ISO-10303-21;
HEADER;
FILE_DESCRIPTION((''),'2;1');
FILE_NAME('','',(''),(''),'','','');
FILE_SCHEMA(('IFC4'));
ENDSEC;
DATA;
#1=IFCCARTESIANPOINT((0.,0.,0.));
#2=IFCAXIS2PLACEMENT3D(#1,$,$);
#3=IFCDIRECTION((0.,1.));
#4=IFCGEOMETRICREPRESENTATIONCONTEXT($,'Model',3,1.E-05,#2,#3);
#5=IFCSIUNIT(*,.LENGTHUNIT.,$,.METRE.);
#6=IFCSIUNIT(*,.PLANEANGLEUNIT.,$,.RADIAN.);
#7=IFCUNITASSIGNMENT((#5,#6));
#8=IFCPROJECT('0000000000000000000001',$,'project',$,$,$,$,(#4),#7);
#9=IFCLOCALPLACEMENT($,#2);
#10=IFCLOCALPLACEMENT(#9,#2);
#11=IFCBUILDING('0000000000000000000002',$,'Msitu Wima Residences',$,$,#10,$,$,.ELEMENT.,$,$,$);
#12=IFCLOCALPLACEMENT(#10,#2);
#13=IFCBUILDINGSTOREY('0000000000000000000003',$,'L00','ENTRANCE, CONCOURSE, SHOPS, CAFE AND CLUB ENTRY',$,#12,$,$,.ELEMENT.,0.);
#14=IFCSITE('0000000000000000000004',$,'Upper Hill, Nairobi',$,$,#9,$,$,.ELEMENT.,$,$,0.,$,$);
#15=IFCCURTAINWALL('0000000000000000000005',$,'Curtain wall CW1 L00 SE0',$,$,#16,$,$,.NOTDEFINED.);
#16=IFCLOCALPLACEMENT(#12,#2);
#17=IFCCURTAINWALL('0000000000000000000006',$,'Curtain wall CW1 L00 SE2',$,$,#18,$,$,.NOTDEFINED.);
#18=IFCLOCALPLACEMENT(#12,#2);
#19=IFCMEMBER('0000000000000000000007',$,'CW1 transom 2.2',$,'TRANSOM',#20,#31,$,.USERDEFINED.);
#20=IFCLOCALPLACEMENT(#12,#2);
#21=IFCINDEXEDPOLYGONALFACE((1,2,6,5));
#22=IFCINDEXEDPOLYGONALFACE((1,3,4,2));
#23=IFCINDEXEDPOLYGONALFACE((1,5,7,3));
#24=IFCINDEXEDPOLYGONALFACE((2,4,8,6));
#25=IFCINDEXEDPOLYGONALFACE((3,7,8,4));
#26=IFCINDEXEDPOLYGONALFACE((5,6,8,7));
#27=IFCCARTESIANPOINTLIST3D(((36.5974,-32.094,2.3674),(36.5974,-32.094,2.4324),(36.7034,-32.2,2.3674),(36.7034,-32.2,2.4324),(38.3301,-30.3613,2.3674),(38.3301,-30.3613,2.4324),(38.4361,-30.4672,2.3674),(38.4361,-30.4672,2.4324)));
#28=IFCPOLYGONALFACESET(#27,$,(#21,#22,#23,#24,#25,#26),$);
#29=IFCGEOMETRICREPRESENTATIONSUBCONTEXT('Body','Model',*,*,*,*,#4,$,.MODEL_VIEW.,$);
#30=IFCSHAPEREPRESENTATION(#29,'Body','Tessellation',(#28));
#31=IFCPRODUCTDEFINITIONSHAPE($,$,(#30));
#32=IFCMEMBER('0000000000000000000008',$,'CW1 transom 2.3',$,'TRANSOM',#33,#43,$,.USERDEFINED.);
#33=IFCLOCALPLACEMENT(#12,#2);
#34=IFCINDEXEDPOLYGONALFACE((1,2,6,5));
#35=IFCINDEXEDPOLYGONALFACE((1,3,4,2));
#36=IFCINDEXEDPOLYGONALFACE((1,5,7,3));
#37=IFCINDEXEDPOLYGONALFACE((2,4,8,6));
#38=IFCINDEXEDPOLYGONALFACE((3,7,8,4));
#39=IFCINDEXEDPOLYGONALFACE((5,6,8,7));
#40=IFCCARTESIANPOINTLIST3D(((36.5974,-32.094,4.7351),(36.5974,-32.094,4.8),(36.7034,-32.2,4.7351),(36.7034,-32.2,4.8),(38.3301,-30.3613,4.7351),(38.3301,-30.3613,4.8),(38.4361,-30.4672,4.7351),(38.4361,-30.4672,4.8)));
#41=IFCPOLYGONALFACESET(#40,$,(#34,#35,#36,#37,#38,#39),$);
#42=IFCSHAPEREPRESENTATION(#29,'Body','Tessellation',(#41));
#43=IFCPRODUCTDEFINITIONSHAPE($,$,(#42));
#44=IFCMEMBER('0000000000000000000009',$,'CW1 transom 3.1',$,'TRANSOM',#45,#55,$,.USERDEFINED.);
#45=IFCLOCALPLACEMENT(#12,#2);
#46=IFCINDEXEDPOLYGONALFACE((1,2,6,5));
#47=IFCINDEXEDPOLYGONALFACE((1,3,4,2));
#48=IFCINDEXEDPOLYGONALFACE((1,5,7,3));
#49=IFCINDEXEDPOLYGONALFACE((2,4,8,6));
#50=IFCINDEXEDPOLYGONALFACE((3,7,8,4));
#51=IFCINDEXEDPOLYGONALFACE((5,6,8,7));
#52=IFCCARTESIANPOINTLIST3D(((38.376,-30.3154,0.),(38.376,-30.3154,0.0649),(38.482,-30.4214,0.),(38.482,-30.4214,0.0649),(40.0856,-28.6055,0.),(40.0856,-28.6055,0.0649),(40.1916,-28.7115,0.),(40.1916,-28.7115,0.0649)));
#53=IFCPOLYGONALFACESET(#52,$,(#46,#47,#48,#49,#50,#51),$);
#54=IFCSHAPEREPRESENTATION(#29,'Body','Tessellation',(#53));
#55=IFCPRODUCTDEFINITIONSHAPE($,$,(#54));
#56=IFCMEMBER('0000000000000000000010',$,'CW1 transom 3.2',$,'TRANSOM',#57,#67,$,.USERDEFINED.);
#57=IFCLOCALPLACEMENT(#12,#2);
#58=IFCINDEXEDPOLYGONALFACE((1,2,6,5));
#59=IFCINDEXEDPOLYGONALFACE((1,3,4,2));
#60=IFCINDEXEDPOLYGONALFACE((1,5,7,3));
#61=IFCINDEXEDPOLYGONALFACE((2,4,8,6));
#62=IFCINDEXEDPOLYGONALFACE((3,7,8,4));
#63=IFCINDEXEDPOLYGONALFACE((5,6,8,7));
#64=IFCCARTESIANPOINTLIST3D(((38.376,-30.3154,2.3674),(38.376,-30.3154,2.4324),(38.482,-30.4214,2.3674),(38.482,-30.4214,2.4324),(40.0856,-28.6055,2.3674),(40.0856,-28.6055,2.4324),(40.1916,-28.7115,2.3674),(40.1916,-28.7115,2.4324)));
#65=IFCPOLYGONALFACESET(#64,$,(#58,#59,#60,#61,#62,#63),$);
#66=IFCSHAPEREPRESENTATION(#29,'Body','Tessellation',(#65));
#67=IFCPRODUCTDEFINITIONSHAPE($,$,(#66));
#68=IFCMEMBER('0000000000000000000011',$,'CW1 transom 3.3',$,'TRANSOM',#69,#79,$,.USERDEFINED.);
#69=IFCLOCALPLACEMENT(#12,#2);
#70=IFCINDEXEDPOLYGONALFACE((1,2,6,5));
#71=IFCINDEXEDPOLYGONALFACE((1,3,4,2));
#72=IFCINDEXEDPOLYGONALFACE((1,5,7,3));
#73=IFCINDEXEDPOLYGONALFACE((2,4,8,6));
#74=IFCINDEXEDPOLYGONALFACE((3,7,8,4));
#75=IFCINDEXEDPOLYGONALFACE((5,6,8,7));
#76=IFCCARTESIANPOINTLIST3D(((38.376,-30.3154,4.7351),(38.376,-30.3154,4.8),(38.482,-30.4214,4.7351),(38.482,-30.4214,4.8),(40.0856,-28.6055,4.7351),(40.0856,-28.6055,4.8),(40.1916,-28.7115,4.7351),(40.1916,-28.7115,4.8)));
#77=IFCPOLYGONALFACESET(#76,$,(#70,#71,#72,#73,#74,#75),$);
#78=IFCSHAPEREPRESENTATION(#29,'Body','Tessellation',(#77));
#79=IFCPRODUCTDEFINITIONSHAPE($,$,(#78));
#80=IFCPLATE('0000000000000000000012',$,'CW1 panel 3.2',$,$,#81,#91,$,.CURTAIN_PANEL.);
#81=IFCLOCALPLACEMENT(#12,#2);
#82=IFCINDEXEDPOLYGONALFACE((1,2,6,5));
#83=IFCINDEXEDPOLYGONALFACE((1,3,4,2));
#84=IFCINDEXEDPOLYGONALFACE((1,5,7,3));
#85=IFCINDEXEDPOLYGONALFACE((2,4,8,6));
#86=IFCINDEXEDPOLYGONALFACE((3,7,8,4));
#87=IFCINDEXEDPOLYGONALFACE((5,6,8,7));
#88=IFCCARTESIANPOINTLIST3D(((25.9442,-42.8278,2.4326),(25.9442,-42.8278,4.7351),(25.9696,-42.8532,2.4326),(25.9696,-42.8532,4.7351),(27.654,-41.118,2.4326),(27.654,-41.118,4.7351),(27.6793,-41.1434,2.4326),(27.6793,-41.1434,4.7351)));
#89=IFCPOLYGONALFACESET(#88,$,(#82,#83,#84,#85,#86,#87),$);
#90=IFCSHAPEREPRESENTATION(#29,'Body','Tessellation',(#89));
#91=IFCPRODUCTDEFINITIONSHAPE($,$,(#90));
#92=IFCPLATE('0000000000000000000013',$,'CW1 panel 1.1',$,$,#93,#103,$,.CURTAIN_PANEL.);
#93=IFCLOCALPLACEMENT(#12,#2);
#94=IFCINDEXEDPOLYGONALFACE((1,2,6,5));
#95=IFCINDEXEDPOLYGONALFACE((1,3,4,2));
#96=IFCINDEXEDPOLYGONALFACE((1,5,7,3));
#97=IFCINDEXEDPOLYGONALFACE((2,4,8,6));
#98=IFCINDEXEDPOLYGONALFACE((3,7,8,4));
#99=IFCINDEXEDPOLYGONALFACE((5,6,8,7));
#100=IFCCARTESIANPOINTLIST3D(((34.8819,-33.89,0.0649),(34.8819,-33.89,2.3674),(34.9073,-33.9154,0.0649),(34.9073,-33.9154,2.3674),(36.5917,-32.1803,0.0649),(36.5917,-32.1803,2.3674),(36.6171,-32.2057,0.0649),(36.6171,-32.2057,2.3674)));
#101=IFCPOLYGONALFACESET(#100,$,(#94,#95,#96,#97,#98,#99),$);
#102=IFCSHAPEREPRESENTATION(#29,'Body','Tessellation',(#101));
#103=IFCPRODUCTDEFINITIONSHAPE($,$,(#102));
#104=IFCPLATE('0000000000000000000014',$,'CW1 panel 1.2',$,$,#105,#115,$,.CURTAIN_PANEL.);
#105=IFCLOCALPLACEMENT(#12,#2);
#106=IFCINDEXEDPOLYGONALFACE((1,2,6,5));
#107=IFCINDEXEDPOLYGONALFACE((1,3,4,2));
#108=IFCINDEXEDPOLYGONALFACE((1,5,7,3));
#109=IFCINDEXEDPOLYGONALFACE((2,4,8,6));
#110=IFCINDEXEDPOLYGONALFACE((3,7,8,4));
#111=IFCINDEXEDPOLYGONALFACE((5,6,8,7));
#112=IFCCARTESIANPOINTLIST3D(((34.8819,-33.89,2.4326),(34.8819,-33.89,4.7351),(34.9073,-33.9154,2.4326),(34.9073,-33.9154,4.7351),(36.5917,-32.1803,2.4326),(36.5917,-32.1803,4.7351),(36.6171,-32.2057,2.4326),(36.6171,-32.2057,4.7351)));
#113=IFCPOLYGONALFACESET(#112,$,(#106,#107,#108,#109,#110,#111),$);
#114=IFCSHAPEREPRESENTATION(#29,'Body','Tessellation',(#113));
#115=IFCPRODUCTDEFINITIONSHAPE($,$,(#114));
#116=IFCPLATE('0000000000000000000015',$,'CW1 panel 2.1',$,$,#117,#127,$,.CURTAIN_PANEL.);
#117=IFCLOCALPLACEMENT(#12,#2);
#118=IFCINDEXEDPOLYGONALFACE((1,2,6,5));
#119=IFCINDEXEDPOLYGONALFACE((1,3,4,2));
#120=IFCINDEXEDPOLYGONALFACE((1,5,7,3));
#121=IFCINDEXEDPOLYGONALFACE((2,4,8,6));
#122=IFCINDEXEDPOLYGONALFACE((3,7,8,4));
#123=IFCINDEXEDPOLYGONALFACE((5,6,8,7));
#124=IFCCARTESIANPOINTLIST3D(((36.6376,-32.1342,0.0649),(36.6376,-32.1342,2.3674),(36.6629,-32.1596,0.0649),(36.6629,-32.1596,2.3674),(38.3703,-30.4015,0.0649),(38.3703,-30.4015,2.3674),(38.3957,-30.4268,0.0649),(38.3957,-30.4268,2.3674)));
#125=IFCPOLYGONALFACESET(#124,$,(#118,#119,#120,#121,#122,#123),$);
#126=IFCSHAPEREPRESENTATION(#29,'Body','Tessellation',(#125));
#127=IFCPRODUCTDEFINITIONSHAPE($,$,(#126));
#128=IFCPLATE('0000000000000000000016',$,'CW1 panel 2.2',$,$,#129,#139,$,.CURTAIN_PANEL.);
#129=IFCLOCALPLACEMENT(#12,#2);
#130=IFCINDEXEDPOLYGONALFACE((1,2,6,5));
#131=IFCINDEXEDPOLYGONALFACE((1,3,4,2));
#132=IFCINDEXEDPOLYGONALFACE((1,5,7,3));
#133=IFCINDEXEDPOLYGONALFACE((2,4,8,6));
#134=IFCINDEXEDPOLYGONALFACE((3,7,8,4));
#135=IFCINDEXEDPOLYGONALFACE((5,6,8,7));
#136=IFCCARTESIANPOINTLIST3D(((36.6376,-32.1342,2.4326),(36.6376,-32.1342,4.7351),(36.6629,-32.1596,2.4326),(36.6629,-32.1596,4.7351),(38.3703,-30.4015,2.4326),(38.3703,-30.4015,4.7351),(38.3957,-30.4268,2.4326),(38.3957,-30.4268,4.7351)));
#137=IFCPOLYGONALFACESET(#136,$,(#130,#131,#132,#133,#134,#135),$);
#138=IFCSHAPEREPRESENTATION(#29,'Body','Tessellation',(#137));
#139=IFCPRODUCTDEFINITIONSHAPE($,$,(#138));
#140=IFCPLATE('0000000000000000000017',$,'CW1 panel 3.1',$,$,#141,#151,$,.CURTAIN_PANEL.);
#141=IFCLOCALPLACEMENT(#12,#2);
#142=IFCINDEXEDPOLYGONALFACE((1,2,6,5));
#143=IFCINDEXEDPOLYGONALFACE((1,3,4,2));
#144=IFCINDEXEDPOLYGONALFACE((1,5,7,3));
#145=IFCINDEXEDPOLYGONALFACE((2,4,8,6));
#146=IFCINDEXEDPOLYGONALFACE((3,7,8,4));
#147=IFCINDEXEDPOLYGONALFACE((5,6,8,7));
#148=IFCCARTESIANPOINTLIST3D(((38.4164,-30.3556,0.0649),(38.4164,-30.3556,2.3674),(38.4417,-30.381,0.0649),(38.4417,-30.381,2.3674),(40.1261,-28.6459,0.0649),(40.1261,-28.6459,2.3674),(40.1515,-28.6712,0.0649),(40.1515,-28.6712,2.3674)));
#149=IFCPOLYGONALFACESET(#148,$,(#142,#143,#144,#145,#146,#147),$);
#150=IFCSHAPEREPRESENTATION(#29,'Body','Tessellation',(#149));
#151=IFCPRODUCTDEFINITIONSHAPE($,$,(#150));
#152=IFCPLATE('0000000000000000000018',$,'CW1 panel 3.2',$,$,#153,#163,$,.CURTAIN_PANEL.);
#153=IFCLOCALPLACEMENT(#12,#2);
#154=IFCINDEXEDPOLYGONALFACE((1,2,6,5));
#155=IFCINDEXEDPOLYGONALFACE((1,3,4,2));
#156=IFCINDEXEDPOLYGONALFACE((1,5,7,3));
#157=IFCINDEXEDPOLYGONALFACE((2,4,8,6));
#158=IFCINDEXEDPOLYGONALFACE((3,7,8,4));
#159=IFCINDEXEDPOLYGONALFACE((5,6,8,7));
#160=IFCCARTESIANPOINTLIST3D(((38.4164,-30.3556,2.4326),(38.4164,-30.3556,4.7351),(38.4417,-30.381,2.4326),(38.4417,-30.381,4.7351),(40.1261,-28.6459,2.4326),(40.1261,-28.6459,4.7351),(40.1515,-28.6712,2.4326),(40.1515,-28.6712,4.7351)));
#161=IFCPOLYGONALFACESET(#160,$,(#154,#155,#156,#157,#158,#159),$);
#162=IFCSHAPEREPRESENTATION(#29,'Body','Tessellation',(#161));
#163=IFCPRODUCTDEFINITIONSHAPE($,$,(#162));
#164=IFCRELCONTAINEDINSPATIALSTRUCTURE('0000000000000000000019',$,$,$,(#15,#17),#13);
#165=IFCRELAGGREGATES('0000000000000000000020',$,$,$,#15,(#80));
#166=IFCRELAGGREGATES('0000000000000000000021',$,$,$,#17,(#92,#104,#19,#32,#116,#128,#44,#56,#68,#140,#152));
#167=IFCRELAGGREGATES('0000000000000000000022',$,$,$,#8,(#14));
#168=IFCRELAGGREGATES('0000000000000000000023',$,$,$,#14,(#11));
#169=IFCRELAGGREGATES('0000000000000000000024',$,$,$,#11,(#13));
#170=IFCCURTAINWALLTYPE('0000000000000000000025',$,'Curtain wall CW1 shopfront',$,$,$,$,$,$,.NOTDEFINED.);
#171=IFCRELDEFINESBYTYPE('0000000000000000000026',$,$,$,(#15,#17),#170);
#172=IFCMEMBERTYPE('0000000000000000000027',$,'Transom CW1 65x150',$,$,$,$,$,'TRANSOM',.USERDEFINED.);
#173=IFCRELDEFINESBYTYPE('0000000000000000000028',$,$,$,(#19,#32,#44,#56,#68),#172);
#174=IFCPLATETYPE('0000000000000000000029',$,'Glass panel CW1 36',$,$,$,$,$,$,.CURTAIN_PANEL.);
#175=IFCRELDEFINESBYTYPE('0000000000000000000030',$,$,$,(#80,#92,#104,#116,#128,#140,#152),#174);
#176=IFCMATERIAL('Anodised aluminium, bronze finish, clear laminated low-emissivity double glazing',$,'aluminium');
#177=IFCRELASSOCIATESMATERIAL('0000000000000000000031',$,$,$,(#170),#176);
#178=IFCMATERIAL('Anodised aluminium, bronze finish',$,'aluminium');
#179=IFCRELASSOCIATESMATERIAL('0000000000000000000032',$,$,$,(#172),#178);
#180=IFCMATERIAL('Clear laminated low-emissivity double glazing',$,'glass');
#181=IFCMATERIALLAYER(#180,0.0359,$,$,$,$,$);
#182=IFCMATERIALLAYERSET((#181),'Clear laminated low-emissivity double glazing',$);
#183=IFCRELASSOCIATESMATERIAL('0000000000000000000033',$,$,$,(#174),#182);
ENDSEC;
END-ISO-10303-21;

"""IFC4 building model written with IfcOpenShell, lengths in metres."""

from ifc_helpers import new_model, si_unit, direction, frame, origin, origin_2d, place, context, subcontext, project, spatial, rectangle, extrude, material, layer, layer_set, material_profile, profile_set, type_object, element, aggregate, save


model = new_model("IFC4")

# Units and contexts
model_context = context("Model", 3, precision=1e-05, world=origin(), true_north=direction((0.0, 1.0)))
body_context = subcontext(model_context, "Body", "Model", "MODEL_VIEW")
ifc_project = project(units=[si_unit("LENGTHUNIT", "METRE"), si_unit("PLANEANGLEUNIT", "RADIAN")], contexts=[model_context])

# Site, building, storey
site_placement = place(None, origin())
site = spatial("IfcSite", under=ifc_project, at=site_placement, Name="Upper Hill, Nairobi", CompositionType="ELEMENT", RefElevation=0.0)
building_placement = place(site_placement, origin())
building = spatial("IfcBuilding", under=site, at=building_placement, Name="Msitu Wima Residences", CompositionType="ELEMENT")
storey_placement = place(building_placement, origin())
storey = spatial("IfcBuildingStorey", under=building, at=storey_placement, Name="L00", Description="ENTRANCE, CONCOURSE, SHOPS, CAFE AND CLUB ENTRY", CompositionType="ELEMENT", Elevation=0.0)

# Curtain wall
ifc_material_1 = material(Name="Anodised aluminium, bronze finish, clear laminated low-emissivity double glazing", Category="aluminium")
curtain_wall_type = type_object("IfcCurtainWallType", Name="Curtain wall CW1 shopfront", PredefinedType="NOTDEFINED", material=ifc_material_1)
curtain_wall_1_placement = place(storey_placement, origin())
curtain_wall_1 = element("IfcCurtainWall", 1, at=curtain_wall_1_placement, inside=storey, type_object=curtain_wall_type, Name="Curtain wall CW1 L00 SE0", PredefinedType="NOTDEFINED")
ifc_material_2 = material(Name="Anodised aluminium, bronze finish", Category="aluminium")

# Curtain wall
curtain_wall_2_placement = place(storey_placement, origin())
curtain_wall_2 = element("IfcCurtainWall", 2, at=curtain_wall_2_placement, inside=storey, type_object=curtain_wall_type, Name="Curtain wall CW1 L00 SE2", PredefinedType="NOTDEFINED")

# Members
ifc_material_profile_1 = material_profile(ifc_material_2, rectangle(XDim=0.1499, YDim=0.0649, at=origin_2d()), Name="Transom 65x150")
ifc_profile_set_1 = profile_set([ifc_material_profile_1], Name="Anodised aluminium, bronze finish")
member_type_1 = type_object("IfcMemberType", Name="Transom CW1 65x150", ElementType="TRANSOM", PredefinedType="USERDEFINED", material=ifc_profile_set_1)
member_1_placement = place(storey_placement, frame((36.6504, -32.147, 2.3999), z_axis=(0.707107, 0.707107, 0.0), x_axis=(-0.707107, 0.707107, 0.0)))
member_1 = element("IfcMember", 3, at=member_1_placement, type_object=member_type_1, Name="CW1 transom 2.2", ObjectType="TRANSOM", PredefinedType="USERDEFINED", context=body_context, shape_type="SweptSolid", body=[
    extrude(rectangle(XDim=0.1499, YDim=0.0649, at=origin_2d()), origin(), (0.0, 0.0, 1.0), 2.4504),
])
member_2_placement = place(storey_placement, frame((36.6504, -32.147, 4.7676), z_axis=(0.707107, 0.707107, 0.0), x_axis=(-0.707107, 0.707107, 0.0)))
member_2 = element("IfcMember", 4, at=member_2_placement, type_object=member_type_1, Name="CW1 transom 2.3", ObjectType="TRANSOM", PredefinedType="USERDEFINED", context=body_context, shape_type="SweptSolid", body=[
    extrude(rectangle(XDim=0.1499, YDim=0.0649, at=origin_2d()), origin(), (0.0, 0.0, 1.0), 2.4504),
])
member_3_placement = place(storey_placement, frame((38.429, -30.3684, 0.0325), z_axis=(0.707056, 0.707157, 0.0), x_axis=(-0.707157, 0.707056, 0.0)))
member_3 = element("IfcMember", 5, at=member_3_placement, type_object=member_type_1, Name="CW1 transom 3.1", ObjectType="TRANSOM", PredefinedType="USERDEFINED", context=body_context, shape_type="SweptSolid", body=[
    extrude(rectangle(XDim=0.1499, YDim=0.0649, at=origin_2d()), origin(), (0.0, 0.0, 1.0), 2.418),
])
member_4_placement = place(storey_placement, frame((38.429, -30.3684, 2.3999), z_axis=(0.707056, 0.707157, 0.0), x_axis=(-0.707157, 0.707056, 0.0)))
member_4 = element("IfcMember", 6, at=member_4_placement, type_object=member_type_1, Name="CW1 transom 3.2", ObjectType="TRANSOM", PredefinedType="USERDEFINED", context=body_context, shape_type="SweptSolid", body=[
    extrude(rectangle(XDim=0.1499, YDim=0.0649, at=origin_2d()), origin(), (0.0, 0.0, 1.0), 2.418),
])
member_5_placement = place(storey_placement, frame((38.429, -30.3684, 4.7676), z_axis=(0.707056, 0.707157, 0.0), x_axis=(-0.707157, 0.707056, 0.0)))
member_5 = element("IfcMember", 7, at=member_5_placement, type_object=member_type_1, Name="CW1 transom 3.3", ObjectType="TRANSOM", PredefinedType="USERDEFINED", context=body_context, shape_type="SweptSolid", body=[
    extrude(rectangle(XDim=0.1499, YDim=0.0649, at=origin_2d()), origin(), (0.0, 0.0, 1.0), 2.418),
])

# Plates
ifc_material_3 = material(Name="Clear laminated low-emissivity double glazing", Category="glass")
ifc_layer_1 = layer(ifc_material_3, 0.0359)
ifc_layer_set_1 = layer_set([ifc_layer_1], Name="Clear laminated low-emissivity double glazing")
plate_type = type_object("IfcPlateType", Name="Glass panel CW1 36", PredefinedType="CURTAIN_PANEL", material=ifc_layer_set_1)
plate_1_placement = place(storey_placement, frame((26.8118, -41.9856, 2.4326), z_axis=(0.0, 0.0, 1.0), x_axis=(0.707107, 0.707107, 0.0)))
plate_1 = element("IfcPlate", 8, at=plate_1_placement, type_object=plate_type, Name="CW1 panel 3.2", PredefinedType="CURTAIN_PANEL", context=body_context, shape_type="SweptSolid", body=[
    extrude(rectangle(XDim=2.418, YDim=0.0359, at=origin_2d()), origin(), (0.0, 0.0, 1.0), 2.3025),
])
aggregate(curtain_wall_1, [plate_1])
plate_2_placement = place(storey_placement, frame((35.7495, -33.0479, 0.0649), z_axis=(0.0, 0.0, 1.0), x_axis=(0.707107, 0.707107, 0.0)))
plate_2 = element("IfcPlate", 9, at=plate_2_placement, type_object=plate_type, Name="CW1 panel 1.1", PredefinedType="CURTAIN_PANEL", context=body_context, shape_type="SweptSolid", body=[
    extrude(rectangle(XDim=2.418, YDim=0.0359, at=origin_2d()), origin(), (0.0, 0.0, 1.0), 2.3025),
])
plate_3_placement = place(storey_placement, frame((35.7495, -33.0479, 2.4326), z_axis=(0.0, 0.0, 1.0), x_axis=(0.707107, 0.707107, 0.0)))
plate_3 = element("IfcPlate", 10, at=plate_3_placement, type_object=plate_type, Name="CW1 panel 1.2", PredefinedType="CURTAIN_PANEL", context=body_context, shape_type="SweptSolid", body=[
    extrude(rectangle(XDim=2.418, YDim=0.0359, at=origin_2d()), origin(), (0.0, 0.0, 1.0), 2.3025),
])
plate_4_placement = place(storey_placement, frame((37.5166, -31.2805, 0.0649), z_axis=(0.0, 0.0, 1.0), x_axis=(0.707107, 0.707107, 0.0)))
plate_4 = element("IfcPlate", 11, at=plate_4_placement, type_object=plate_type, Name="CW1 panel 2.1", PredefinedType="CURTAIN_PANEL", context=body_context, shape_type="SweptSolid", body=[
    extrude(rectangle(XDim=2.4504, YDim=0.0359, at=origin_2d()), origin(), (0.0, 0.0, 1.0), 2.3025),
])
plate_5_placement = place(storey_placement, frame((37.5166, -31.2805, 2.4326), z_axis=(0.0, 0.0, 1.0), x_axis=(0.707107, 0.707107, 0.0)))
plate_5 = element("IfcPlate", 12, at=plate_5_placement, type_object=plate_type, Name="CW1 panel 2.2", PredefinedType="CURTAIN_PANEL", context=body_context, shape_type="SweptSolid", body=[
    extrude(rectangle(XDim=2.4504, YDim=0.0359, at=origin_2d()), origin(), (0.0, 0.0, 1.0), 2.3025),
])
plate_6_placement = place(storey_placement, frame((39.2839, -29.5134, 0.0649), z_axis=(0.0, 0.0, 1.0), x_axis=(0.707107, 0.707107, 0.0)))
plate_6 = element("IfcPlate", 13, at=plate_6_placement, type_object=plate_type, Name="CW1 panel 3.1", PredefinedType="CURTAIN_PANEL", context=body_context, shape_type="SweptSolid", body=[
    extrude(rectangle(XDim=2.418, YDim=0.0359, at=origin_2d()), origin(), (0.0, 0.0, 1.0), 2.3025),
])
plate_7_placement = place(storey_placement, frame((39.2839, -29.5134, 2.4326), z_axis=(0.0, 0.0, 1.0), x_axis=(0.707107, 0.707107, 0.0)))
plate_7 = element("IfcPlate", 14, at=plate_7_placement, type_object=plate_type, Name="CW1 panel 3.2", PredefinedType="CURTAIN_PANEL", context=body_context, shape_type="SweptSolid", body=[
    extrude(rectangle(XDim=2.418, YDim=0.0359, at=origin_2d()), origin(), (0.0, 0.0, 1.0), 2.3025),
])
aggregate(curtain_wall_2, [plate_2, plate_3, member_1, member_2, plate_4, plate_5, member_3, member_4, member_5, plate_6, plate_7])

save(model, "model.ifc")
